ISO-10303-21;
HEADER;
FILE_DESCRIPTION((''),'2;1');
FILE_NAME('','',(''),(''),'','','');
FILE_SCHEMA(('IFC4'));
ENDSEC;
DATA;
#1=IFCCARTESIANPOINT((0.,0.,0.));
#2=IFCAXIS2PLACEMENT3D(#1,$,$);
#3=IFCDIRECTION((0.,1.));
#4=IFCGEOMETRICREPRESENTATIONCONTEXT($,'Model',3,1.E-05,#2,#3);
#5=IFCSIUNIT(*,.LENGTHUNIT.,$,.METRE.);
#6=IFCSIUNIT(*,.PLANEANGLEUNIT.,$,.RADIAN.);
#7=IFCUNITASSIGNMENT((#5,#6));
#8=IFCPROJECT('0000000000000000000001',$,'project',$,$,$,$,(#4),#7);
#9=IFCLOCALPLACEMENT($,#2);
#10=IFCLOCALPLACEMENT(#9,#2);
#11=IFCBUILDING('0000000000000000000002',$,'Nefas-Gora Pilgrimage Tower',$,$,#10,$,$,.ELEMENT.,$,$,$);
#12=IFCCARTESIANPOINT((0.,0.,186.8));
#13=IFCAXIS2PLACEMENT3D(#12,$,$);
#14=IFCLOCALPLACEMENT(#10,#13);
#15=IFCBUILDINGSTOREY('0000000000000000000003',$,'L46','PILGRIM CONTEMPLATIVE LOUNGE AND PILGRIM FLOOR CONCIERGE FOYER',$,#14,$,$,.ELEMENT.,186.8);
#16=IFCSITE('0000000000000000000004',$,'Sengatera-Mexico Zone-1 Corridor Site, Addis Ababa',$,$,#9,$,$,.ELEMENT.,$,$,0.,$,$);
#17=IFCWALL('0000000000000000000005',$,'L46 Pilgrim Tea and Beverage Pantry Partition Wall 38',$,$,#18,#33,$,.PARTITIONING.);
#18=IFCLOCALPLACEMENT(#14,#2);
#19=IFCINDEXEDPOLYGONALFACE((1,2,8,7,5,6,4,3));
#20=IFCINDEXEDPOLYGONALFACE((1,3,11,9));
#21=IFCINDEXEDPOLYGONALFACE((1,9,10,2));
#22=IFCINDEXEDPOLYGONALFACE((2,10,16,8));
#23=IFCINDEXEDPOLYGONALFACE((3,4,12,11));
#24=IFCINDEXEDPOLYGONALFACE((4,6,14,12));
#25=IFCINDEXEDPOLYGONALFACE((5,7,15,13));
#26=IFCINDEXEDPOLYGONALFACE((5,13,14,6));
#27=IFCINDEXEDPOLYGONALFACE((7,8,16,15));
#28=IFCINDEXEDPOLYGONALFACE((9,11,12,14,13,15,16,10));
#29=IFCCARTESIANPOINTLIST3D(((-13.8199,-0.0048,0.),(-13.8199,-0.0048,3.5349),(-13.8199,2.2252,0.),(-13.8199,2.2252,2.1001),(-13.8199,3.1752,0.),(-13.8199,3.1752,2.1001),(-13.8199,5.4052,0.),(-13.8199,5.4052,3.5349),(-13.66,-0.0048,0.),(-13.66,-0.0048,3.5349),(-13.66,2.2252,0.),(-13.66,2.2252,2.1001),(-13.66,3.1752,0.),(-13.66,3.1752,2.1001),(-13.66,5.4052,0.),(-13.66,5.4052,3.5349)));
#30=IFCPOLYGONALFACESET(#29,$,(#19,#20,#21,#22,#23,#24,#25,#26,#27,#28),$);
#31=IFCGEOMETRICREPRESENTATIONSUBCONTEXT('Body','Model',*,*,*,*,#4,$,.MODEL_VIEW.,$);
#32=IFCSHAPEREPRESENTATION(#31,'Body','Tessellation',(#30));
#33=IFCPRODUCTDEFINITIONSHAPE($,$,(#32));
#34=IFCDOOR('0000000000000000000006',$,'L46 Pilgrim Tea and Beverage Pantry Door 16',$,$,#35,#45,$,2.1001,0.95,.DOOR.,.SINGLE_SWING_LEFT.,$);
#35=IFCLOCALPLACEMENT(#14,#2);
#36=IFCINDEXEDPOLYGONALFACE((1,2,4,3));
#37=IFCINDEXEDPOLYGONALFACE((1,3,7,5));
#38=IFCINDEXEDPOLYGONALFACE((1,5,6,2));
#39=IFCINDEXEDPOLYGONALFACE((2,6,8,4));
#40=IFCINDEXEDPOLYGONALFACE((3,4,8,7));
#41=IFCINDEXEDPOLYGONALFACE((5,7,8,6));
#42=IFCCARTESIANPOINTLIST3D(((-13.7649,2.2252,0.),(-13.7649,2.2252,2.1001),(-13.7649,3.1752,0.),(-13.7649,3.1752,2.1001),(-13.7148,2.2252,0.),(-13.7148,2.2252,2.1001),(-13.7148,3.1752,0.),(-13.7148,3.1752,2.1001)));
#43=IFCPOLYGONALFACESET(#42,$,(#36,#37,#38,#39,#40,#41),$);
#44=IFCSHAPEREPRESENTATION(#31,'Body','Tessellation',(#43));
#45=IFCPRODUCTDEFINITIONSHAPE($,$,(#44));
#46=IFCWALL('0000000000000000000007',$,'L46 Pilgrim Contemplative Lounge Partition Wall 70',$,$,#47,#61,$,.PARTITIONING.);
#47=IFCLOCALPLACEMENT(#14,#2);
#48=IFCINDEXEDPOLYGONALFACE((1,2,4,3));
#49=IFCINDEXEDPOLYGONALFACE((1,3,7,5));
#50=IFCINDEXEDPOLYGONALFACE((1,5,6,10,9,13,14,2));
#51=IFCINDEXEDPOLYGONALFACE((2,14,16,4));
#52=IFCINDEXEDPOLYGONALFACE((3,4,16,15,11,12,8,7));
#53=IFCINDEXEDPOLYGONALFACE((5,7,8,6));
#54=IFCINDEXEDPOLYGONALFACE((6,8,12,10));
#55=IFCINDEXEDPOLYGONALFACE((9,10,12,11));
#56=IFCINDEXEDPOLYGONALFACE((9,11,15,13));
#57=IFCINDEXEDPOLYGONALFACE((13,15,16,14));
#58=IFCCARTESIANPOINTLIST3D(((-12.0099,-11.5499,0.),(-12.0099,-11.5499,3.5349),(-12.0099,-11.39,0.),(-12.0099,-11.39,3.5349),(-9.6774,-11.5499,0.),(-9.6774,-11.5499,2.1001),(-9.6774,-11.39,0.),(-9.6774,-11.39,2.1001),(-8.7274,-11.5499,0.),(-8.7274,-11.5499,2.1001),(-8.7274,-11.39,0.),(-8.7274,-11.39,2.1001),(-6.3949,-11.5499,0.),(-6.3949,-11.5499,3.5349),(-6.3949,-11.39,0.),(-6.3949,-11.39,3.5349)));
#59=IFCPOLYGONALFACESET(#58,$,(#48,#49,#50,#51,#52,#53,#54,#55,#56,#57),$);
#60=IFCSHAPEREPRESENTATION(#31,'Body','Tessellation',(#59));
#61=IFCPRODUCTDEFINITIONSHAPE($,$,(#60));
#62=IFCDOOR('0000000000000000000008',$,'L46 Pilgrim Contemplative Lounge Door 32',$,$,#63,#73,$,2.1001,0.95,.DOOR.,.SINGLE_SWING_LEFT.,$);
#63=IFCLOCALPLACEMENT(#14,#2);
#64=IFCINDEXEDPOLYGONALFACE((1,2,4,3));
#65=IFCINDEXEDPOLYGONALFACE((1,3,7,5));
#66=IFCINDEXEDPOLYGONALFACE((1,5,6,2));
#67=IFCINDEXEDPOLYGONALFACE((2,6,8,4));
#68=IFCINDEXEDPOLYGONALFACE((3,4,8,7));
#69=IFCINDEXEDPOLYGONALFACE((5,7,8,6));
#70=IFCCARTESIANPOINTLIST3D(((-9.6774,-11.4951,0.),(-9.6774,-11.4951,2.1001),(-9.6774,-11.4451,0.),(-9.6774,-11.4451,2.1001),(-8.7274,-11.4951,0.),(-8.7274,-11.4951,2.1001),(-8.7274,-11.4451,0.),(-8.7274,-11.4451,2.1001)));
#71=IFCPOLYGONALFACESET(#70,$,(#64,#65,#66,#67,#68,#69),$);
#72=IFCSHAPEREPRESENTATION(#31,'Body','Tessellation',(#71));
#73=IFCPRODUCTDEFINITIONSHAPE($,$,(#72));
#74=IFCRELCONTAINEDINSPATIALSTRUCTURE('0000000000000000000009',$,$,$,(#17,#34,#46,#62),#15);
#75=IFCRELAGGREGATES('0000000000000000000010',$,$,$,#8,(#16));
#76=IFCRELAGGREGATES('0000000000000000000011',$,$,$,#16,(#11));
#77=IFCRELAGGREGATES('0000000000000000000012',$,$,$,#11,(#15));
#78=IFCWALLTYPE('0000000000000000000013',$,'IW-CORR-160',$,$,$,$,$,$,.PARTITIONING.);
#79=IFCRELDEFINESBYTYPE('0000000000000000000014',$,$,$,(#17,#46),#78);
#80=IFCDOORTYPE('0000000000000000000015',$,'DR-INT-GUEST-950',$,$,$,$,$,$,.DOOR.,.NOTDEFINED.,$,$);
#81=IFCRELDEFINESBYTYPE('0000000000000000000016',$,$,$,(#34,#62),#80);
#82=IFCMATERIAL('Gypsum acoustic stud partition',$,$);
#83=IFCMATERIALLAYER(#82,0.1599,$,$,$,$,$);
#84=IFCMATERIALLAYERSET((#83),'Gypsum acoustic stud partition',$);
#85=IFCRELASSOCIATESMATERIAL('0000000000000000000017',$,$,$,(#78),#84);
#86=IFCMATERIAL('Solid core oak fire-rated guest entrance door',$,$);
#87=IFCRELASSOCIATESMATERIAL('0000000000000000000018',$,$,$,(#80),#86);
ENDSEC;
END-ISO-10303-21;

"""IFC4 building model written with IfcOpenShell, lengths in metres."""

from ifc_helpers import new_model, si_unit, direction, frame, frame_2d, origin, place, context, subcontext, project, spatial, rectangle, extrude, source, transform, mapped, material, layer, layer_set, type_object, element, fill, save


model = new_model("IFC4")

# Units and contexts
model_context = context("Model", 3, precision=1e-05, world=origin(), true_north=direction((0.0, 1.0)))
body_context = subcontext(model_context, "Body", "Model", "MODEL_VIEW")
ifc_project = project(units=[si_unit("LENGTHUNIT", "METRE"), si_unit("PLANEANGLEUNIT", "RADIAN")], contexts=[model_context])

# Site, building, storey
site_placement = place(None, origin())
site = spatial("IfcSite", under=ifc_project, at=site_placement, Name="Sengatera-Mexico Zone-1 Corridor Site, Addis Ababa", CompositionType="ELEMENT", RefElevation=0.0)
building_placement = place(site_placement, origin())
building = spatial("IfcBuilding", under=site, at=building_placement, Name="Nefas-Gora Pilgrimage Tower", CompositionType="ELEMENT")
storey_placement = place(building_placement, frame((0.0, 0.0, 186.8)))
storey = spatial("IfcBuildingStorey", under=building, at=storey_placement, Name="L46", Description="PILGRIM CONTEMPLATIVE LOUNGE AND PILGRIM FLOOR CONCIERGE FOYER", CompositionType="ELEMENT", Elevation=186.8)

# Shared definitions
ifc_material_1 = material(Name="Gypsum acoustic stud partition")
ifc_layer_1 = layer(ifc_material_1, 0.1599)
ifc_layer_set_1 = layer_set([ifc_layer_1], Name="Gypsum acoustic stud partition")
wall_type_1 = type_object("IfcWallType", Name="IW-CORR-160", PredefinedType="PARTITIONING", material=ifc_layer_set_1)
ifc_material_2 = material(Name="Solid core oak fire-rated guest entrance door")
door_type = type_object("IfcDoorType", Name="DR-INT-GUEST-950", OperationType="NOTDEFINED", PredefinedType="DOOR", material=ifc_material_2)
shared_shape_1 = source(origin(), body_context, "Body", "SweptSolid", [
    extrude(rectangle(XDim=0.95, YDim=2.1001, at=frame_2d((0.4751, 1.05))), frame((0.0, 0.0249, 0.0), z_axis=(0.0, -1.0, 0.0), x_axis=(1.0, 0.0, 0.0)), (0.0, 0.0, 1.0), 0.05),
])

# Walls, openings, doors
shared_shape_2 = source(origin(), body_context, "Body", "SweptSolid", [
    extrude(rectangle(XDim=5.4099, YDim=0.1599, at=frame_2d((2.7051, 0.0))), origin(), (0.0, 0.0, 1.0), 3.5349),
])
wall_1_placement = place(storey_placement, frame((-13.74, -0.0049, 0.0), z_axis=(0.0, 0.0, 1.0), x_axis=(0.0, 1.0, 0.0)))
wall_1 = element("IfcWall", 1, at=wall_1_placement, inside=storey, type_object=wall_type_1, Name="L46 Pilgrim Tea and Beverage Pantry Partition Wall 38", PredefinedType="PARTITIONING", context=body_context, shape_type="MappedRepresentation", body=[
    mapped(shared_shape_2, transform((0.0, 0.0, 0.0), x_axis=(1.0, 0.0, 0.0), y_axis=(0.0, 1.0, 0.0), z_axis=(0.0, 0.0, 1.0), scale=1.0)),
])
opening_1_placement = place(wall_1_placement, frame((2.23, 0.0, 0.0)))
opening_1 = element("IfcOpeningElement", 2, at=opening_1_placement, cuts=wall_1, PredefinedType="OPENING", context=body_context, shape_type="SweptSolid", body=[
    extrude(rectangle(XDim=0.95, YDim=2.1001, at=frame_2d((0.4751, 1.05))), frame((0.0, 0.0898, 0.0), z_axis=(0.0, -1.0, 0.0), x_axis=(1.0, 0.0, 0.0)), (0.0, 0.0, 1.0), 0.1799),
])
door_1_placement = place(opening_1_placement, origin())
door_1 = element("IfcDoor", 3, at=door_1_placement, inside=storey, type_object=door_type, Name="L46 Pilgrim Tea and Beverage Pantry Door 16", OperationType="SINGLE_SWING_LEFT", OverallHeight=2.1001, OverallWidth=0.95, PredefinedType="DOOR", context=body_context, shape_type="MappedRepresentation", body=[
    mapped(shared_shape_1, transform((0.0, 0.0, 0.0), x_axis=(1.0, 0.0, 0.0), y_axis=(0.0, 1.0, 0.0), z_axis=(0.0, 0.0, 1.0), scale=1.0)),
])
fill(opening_1, door_1)
shared_shape_3 = source(origin(), body_context, "Body", "SweptSolid", [
    extrude(rectangle(XDim=5.615, YDim=0.1599, at=frame_2d((2.8076, 0.0))), origin(), (0.0, 0.0, 1.0), 3.5349),
])
wall_2_placement = place(storey_placement, frame((-12.01, -11.47, 0.0), z_axis=(0.0, 0.0, 1.0), x_axis=(1.0, 0.0, 0.0)))
wall_2 = element("IfcWall", 4, at=wall_2_placement, inside=storey, type_object=wall_type_1, Name="L46 Pilgrim Contemplative Lounge Partition Wall 70", PredefinedType="PARTITIONING", context=body_context, shape_type="MappedRepresentation", body=[
    mapped(shared_shape_3, transform((0.0, 0.0, 0.0), x_axis=(1.0, 0.0, 0.0), y_axis=(0.0, 1.0, 0.0), z_axis=(0.0, 0.0, 1.0), scale=1.0)),
])
opening_2_placement = place(wall_2_placement, frame((2.3325, 0.0, 0.0)))
opening_2 = element("IfcOpeningElement", 5, at=opening_2_placement, cuts=wall_2, PredefinedType="OPENING", context=body_context, shape_type="SweptSolid", body=[
    extrude(rectangle(XDim=0.95, YDim=2.1001, at=frame_2d((0.4751, 1.05))), frame((0.0, 0.0898, 0.0), z_axis=(0.0, -1.0, 0.0), x_axis=(1.0, 0.0, 0.0)), (0.0, 0.0, 1.0), 0.1799),
])
door_2_placement = place(opening_2_placement, origin())
door_2 = element("IfcDoor", 6, at=door_2_placement, inside=storey, type_object=door_type, Name="L46 Pilgrim Contemplative Lounge Door 32", OperationType="SINGLE_SWING_LEFT", OverallHeight=2.1001, OverallWidth=0.95, PredefinedType="DOOR", context=body_context, shape_type="MappedRepresentation", body=[
    mapped(shared_shape_1, transform((0.0, 0.0, 0.0), x_axis=(1.0, 0.0, 0.0), y_axis=(0.0, 1.0, 0.0), z_axis=(0.0, 0.0, 1.0), scale=1.0)),
])
fill(opening_2, door_2)

save(model, "model.ifc")
